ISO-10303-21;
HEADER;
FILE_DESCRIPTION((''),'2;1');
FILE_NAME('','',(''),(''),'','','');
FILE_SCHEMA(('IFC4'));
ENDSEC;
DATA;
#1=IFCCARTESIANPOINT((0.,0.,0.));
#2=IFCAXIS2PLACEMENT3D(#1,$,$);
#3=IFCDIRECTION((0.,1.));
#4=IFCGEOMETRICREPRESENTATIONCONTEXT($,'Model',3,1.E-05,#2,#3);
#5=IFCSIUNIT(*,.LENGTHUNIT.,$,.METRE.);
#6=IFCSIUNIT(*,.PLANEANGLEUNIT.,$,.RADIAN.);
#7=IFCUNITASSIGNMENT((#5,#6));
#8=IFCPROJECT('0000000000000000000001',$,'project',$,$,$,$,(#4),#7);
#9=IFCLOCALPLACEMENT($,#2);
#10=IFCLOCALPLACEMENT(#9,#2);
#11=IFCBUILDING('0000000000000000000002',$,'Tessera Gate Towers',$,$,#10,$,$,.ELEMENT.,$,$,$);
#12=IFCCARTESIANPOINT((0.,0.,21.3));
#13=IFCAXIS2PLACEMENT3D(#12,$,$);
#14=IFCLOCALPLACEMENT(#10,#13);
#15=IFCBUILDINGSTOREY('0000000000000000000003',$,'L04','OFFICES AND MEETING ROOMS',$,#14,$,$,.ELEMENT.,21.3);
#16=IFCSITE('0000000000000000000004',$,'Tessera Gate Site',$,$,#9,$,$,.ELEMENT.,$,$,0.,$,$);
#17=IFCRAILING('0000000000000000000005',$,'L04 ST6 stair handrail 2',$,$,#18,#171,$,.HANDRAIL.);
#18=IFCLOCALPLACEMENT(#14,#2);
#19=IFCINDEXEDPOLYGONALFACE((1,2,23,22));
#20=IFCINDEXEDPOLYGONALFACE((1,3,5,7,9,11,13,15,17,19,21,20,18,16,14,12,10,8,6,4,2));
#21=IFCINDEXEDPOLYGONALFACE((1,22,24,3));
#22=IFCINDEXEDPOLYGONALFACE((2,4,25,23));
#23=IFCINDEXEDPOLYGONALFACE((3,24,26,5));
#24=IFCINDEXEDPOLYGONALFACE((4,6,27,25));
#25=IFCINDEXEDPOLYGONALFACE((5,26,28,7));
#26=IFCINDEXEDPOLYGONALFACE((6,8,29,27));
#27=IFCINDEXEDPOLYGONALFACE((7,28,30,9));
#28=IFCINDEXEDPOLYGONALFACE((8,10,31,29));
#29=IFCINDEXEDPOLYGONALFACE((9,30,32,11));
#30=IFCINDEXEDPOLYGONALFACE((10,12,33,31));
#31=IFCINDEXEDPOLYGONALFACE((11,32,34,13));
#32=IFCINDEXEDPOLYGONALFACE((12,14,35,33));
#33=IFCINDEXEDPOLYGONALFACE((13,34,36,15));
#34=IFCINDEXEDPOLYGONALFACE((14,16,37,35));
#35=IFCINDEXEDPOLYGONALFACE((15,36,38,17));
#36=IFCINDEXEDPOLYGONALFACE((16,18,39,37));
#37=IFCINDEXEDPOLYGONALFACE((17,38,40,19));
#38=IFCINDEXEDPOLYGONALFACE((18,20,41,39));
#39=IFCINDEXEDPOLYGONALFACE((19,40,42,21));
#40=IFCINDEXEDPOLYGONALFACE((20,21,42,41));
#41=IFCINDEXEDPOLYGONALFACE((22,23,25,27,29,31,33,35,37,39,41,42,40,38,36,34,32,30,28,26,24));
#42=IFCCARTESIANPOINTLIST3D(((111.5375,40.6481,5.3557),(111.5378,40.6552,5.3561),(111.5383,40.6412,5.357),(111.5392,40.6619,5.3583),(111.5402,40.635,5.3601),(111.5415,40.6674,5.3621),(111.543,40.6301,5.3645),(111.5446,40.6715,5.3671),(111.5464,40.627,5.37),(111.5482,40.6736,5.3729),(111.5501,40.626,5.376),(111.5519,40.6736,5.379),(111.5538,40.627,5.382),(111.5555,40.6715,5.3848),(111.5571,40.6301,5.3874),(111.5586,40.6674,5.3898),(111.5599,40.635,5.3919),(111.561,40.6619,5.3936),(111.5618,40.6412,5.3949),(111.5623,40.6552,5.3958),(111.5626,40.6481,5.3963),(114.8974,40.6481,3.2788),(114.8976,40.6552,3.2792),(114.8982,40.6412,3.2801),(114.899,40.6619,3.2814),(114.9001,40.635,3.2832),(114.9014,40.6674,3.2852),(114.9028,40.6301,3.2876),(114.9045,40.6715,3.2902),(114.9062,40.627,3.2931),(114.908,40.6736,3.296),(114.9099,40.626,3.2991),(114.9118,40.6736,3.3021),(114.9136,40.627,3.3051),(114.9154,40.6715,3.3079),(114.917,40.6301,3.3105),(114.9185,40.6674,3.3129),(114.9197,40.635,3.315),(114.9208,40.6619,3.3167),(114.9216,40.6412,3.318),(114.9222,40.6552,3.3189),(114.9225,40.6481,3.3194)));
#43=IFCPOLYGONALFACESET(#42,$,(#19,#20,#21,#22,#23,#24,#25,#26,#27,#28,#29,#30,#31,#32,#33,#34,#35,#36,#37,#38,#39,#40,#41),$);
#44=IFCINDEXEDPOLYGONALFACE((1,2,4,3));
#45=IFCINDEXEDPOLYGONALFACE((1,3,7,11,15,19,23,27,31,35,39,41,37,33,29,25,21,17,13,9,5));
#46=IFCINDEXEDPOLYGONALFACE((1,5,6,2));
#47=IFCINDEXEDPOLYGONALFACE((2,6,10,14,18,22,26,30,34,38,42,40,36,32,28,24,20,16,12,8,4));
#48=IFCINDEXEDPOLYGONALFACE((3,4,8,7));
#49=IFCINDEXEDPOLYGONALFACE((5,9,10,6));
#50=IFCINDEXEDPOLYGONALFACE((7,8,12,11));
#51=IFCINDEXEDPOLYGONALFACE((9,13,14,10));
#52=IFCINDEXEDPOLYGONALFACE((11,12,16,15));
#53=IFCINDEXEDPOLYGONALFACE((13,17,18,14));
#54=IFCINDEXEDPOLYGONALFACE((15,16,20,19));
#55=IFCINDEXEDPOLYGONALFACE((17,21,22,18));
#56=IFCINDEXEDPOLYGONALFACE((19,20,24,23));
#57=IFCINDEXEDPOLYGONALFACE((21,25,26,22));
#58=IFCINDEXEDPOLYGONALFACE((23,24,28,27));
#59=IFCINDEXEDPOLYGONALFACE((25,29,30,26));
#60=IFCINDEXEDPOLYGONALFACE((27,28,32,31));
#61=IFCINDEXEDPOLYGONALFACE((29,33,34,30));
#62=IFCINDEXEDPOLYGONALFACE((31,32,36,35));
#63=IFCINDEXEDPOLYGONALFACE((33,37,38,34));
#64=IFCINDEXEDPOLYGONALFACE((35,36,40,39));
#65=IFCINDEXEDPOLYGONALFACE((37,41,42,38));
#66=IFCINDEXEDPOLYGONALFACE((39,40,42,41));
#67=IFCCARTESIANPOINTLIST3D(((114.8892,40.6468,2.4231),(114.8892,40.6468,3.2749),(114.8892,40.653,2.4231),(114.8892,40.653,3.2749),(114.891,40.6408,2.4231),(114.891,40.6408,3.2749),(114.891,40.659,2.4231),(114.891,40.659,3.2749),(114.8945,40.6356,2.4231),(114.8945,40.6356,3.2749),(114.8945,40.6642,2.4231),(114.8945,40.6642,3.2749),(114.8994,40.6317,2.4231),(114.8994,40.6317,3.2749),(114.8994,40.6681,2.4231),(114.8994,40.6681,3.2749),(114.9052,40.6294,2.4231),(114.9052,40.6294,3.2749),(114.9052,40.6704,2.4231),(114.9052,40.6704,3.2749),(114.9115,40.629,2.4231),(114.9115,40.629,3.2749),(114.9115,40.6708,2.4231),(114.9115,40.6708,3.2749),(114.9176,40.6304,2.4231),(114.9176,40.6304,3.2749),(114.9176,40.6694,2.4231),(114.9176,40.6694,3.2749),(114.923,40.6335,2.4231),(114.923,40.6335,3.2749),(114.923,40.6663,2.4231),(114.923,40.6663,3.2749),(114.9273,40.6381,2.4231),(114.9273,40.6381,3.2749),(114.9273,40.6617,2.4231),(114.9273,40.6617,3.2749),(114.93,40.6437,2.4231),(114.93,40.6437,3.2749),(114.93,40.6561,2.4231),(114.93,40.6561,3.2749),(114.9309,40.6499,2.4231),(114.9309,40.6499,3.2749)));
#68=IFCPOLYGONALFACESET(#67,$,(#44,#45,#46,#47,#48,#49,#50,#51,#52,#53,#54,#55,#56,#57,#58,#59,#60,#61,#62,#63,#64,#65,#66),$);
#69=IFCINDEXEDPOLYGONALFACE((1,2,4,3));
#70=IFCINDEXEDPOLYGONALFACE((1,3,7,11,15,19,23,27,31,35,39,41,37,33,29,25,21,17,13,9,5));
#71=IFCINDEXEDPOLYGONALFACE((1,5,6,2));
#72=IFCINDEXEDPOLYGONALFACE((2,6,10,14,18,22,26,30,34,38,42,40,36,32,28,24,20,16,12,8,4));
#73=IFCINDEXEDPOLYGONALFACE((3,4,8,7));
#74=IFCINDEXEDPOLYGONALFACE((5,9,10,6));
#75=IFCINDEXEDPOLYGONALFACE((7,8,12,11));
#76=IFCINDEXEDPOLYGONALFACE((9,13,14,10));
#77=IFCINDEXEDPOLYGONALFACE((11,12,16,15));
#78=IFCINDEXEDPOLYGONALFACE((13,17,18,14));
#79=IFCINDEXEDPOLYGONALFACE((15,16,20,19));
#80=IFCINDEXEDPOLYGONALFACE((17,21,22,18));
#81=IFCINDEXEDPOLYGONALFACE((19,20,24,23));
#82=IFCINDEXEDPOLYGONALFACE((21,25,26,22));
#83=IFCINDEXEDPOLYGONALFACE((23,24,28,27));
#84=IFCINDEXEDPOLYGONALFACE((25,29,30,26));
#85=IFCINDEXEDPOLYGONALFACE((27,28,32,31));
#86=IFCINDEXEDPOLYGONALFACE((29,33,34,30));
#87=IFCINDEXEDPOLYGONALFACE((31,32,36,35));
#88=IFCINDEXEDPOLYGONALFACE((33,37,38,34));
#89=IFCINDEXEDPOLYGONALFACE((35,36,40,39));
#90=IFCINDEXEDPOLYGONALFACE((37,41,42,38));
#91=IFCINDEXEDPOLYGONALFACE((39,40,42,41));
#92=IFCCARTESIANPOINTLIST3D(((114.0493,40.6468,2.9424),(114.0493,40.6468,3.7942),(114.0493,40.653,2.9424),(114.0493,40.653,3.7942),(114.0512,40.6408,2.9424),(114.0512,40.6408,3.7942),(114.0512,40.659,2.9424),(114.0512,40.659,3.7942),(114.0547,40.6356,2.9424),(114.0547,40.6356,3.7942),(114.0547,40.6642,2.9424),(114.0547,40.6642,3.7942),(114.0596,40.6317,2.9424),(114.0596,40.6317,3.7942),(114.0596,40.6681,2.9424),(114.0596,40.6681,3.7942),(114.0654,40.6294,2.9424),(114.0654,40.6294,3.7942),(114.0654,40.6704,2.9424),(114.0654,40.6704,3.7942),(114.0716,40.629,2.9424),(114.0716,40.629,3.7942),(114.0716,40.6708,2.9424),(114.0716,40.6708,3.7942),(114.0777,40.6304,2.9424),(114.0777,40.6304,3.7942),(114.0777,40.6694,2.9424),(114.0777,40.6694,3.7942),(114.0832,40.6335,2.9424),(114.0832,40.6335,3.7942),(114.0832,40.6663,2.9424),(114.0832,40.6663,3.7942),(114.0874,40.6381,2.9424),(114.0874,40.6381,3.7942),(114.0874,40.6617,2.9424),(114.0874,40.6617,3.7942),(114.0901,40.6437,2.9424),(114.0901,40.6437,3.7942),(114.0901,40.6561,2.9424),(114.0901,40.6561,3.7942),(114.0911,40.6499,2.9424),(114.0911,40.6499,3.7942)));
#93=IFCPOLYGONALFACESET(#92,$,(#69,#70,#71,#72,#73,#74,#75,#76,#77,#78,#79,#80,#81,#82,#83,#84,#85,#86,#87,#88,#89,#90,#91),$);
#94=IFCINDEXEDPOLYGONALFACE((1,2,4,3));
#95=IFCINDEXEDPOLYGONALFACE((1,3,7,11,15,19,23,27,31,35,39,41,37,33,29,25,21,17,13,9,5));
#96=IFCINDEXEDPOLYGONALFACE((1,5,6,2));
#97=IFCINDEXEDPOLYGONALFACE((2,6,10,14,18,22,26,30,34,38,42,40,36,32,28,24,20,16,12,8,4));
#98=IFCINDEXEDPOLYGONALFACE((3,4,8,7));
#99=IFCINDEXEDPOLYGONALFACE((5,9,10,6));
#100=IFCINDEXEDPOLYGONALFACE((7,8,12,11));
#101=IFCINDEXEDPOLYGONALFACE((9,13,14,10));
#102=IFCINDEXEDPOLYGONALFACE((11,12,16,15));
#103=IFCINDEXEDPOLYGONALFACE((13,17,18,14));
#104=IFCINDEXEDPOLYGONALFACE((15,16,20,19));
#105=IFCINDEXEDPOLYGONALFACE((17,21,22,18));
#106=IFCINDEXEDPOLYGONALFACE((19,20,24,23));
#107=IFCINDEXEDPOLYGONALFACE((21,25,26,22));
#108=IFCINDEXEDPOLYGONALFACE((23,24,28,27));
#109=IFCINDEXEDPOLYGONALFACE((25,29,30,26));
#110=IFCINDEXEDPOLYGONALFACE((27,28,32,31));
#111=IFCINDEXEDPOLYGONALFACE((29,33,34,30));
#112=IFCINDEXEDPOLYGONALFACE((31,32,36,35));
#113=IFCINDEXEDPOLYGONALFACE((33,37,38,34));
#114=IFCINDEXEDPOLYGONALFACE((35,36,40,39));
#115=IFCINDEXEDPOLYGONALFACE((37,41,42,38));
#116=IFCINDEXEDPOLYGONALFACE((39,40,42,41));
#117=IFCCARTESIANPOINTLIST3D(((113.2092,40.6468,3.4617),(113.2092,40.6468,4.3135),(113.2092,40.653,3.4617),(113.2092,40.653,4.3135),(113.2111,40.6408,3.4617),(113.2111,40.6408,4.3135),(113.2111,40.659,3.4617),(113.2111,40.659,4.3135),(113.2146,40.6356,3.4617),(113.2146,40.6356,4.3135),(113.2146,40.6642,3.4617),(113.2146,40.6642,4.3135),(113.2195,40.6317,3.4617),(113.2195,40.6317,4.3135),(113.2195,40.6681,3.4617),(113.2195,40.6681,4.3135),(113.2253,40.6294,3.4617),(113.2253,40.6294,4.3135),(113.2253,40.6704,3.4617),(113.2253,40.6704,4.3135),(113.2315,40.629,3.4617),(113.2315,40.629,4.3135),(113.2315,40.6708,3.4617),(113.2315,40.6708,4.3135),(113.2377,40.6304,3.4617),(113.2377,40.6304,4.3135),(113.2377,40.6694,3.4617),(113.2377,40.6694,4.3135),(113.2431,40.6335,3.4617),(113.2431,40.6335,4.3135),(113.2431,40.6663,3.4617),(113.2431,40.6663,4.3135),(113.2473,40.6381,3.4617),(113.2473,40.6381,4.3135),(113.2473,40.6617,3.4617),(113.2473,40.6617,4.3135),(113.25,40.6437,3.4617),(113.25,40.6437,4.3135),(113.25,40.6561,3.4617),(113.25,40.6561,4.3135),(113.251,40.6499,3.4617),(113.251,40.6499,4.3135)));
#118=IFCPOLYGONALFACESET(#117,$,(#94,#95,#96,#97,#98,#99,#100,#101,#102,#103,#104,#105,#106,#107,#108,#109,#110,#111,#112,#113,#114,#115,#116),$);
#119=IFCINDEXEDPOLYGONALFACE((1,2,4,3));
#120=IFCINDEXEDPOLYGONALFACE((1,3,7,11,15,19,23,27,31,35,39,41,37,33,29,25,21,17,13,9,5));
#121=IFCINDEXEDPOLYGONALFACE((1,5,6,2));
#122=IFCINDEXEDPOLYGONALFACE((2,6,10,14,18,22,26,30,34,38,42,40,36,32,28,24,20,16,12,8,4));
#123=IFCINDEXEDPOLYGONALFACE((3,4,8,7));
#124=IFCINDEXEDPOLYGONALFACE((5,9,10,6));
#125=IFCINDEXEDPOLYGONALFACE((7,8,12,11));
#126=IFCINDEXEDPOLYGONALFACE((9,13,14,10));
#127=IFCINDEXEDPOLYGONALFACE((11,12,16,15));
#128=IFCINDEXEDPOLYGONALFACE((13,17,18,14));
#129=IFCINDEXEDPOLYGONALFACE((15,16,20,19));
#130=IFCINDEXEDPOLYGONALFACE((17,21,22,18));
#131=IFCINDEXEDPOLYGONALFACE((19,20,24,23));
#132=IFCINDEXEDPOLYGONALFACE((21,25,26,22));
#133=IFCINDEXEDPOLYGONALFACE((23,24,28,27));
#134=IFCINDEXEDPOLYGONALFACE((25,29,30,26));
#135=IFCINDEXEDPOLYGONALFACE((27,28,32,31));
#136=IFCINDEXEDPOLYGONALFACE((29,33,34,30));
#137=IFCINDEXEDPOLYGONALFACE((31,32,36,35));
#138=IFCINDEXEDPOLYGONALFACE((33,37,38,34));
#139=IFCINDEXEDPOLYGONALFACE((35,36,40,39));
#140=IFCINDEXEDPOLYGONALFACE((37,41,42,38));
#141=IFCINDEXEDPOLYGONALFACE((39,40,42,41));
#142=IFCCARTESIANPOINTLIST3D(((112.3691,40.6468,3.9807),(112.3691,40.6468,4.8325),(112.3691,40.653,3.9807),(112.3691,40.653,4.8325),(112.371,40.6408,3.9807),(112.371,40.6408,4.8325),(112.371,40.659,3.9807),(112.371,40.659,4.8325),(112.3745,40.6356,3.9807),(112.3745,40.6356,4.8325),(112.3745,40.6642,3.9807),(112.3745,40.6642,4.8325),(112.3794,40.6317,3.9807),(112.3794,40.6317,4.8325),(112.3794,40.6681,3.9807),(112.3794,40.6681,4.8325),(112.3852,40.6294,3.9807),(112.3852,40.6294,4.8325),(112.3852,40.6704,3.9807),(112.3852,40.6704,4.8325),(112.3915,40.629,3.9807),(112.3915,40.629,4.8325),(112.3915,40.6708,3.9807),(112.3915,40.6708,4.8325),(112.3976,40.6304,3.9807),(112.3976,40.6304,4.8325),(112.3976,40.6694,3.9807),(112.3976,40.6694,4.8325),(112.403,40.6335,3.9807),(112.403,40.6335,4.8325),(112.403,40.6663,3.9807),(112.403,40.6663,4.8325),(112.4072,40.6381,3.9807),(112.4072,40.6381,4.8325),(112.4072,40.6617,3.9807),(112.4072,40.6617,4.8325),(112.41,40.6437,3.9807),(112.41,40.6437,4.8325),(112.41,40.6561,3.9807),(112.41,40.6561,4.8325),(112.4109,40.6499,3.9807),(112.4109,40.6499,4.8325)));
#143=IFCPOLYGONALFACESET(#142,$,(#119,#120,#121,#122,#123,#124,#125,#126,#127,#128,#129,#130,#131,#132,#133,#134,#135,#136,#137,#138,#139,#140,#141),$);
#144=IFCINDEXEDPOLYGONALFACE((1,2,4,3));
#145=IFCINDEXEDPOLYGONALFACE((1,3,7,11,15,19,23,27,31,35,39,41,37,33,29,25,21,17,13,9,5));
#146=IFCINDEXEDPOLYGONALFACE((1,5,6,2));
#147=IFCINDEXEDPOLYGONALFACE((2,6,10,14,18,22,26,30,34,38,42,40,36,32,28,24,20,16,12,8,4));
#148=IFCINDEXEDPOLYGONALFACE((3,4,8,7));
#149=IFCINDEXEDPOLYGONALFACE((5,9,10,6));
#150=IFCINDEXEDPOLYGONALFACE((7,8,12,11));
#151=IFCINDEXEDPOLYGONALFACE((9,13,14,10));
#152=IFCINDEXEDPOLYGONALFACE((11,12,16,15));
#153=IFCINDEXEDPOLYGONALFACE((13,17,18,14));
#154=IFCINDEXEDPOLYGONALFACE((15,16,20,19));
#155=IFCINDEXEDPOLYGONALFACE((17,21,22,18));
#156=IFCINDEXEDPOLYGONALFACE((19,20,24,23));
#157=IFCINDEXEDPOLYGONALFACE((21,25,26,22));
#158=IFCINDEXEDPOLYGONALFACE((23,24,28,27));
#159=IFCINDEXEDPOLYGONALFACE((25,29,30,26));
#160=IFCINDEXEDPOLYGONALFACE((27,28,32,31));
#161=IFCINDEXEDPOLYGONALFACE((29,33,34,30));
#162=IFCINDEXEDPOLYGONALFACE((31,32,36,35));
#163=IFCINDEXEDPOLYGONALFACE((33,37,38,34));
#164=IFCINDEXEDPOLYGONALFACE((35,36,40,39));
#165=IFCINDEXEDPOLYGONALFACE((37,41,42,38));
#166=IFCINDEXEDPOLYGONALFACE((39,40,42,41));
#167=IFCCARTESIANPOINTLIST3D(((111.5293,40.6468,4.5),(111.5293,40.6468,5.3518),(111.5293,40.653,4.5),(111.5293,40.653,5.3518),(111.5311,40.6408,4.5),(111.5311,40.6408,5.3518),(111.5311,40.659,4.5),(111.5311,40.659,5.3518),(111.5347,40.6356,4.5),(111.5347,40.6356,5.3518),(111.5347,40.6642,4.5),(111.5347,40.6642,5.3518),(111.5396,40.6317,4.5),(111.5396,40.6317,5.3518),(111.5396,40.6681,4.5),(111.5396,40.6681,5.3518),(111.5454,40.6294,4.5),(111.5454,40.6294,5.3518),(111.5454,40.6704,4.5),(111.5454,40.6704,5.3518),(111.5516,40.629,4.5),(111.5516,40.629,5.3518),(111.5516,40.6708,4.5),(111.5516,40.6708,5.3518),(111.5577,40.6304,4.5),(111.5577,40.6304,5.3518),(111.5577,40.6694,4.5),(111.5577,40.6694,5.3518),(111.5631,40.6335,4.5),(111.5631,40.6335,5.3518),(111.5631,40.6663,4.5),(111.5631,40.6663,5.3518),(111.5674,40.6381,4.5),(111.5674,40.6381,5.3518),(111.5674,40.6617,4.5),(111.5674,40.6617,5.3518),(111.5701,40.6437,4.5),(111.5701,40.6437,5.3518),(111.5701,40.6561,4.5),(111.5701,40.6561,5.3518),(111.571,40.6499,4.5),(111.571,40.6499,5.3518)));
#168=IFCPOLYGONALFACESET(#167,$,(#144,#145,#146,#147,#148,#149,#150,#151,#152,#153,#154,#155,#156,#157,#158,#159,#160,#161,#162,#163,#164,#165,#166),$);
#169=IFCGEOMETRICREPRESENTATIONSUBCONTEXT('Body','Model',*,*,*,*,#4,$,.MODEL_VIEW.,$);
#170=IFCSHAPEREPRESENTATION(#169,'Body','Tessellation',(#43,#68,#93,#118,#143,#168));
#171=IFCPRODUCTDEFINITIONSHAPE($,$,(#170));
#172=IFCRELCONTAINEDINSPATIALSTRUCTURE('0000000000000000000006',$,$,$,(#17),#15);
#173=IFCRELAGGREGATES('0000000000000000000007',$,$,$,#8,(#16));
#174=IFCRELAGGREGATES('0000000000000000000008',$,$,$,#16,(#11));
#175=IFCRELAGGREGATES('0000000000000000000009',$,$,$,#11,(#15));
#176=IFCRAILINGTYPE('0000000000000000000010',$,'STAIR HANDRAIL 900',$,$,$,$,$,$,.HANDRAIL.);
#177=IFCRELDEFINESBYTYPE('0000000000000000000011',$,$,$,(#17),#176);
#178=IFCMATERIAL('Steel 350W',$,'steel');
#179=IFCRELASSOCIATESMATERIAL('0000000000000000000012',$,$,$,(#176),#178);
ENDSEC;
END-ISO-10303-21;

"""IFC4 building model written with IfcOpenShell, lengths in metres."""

from ifc_helpers import new_model, si_unit, direction, frame, origin, origin_2d, place, context, subcontext, project, spatial, circle, extrude, material, type_object, element, save


model = new_model("IFC4")

# Units and contexts
model_context = context("Model", 3, precision=1e-05, world=origin(), true_north=direction((0.0, 1.0)))
body_context = subcontext(model_context, "Body", "Model", "MODEL_VIEW")
ifc_project = project(units=[si_unit("LENGTHUNIT", "METRE"), si_unit("PLANEANGLEUNIT", "RADIAN")], contexts=[model_context])

# Site, building, storey
site_placement = place(None, origin())
site = spatial("IfcSite", under=ifc_project, at=site_placement, Name="Tessera Gate Site", CompositionType="ELEMENT", RefElevation=0.0)
building_placement = place(site_placement, origin())
building = spatial("IfcBuilding", under=site, at=building_placement, Name="Tessera Gate Towers", CompositionType="ELEMENT")
storey_placement = place(building_placement, frame((0.0, 0.0, 21.3)))
storey = spatial("IfcBuildingStorey", under=building, at=storey_placement, Name="L04", Description="OFFICES AND MEETING ROOMS", CompositionType="ELEMENT", Elevation=21.3)

# Railing
ifc_material_1 = material(Name="Steel 350W", Category="steel")
railing_type_1 = type_object("IfcRailingType", Name="STAIR HANDRAIL 900", PredefinedType="HANDRAIL", material=ifc_material_1)
railing_1_placement = place(storey_placement, frame((114.9099, 40.6499, 2.4231)))
element("IfcRailing", 1, at=railing_1_placement, inside=storey, type_object=railing_type_1, Name="L04 ST6 stair handrail 2", PredefinedType="HANDRAIL", context=body_context, shape_type="SweptSolid", body=[
    extrude(circle(Radius=0.0239, at=origin_2d()), frame((0.0, 0.0, 0.876), z_axis=(-0.850606, 0.0, 0.525803), x_axis=(0.0, -1.0, 0.0)), (0.0, 0.0, 1.0), 3.95),
    extrude(circle(Radius=0.021, at=origin_2d()), origin(), (0.0, 0.0, 1.0), 0.8518),
    extrude(circle(Radius=0.021, at=origin_2d()), frame((-0.8398, 0.0, 0.5193)), (0.0, 0.0, 1.0), 0.8518),
    extrude(circle(Radius=0.021, at=origin_2d()), frame((-1.6799, 0.0, 1.0386)), (0.0, 0.0, 1.0), 0.8518),
    extrude(circle(Radius=0.021, at=origin_2d()), frame((-2.52, 0.0, 1.5576)), (0.0, 0.0, 1.0), 0.8518),
    extrude(circle(Radius=0.021, at=origin_2d()), frame((-3.3599, 0.0, 2.0769)), (0.0, 0.0, 1.0), 0.8518),
])

save(model, "model.ifc")
